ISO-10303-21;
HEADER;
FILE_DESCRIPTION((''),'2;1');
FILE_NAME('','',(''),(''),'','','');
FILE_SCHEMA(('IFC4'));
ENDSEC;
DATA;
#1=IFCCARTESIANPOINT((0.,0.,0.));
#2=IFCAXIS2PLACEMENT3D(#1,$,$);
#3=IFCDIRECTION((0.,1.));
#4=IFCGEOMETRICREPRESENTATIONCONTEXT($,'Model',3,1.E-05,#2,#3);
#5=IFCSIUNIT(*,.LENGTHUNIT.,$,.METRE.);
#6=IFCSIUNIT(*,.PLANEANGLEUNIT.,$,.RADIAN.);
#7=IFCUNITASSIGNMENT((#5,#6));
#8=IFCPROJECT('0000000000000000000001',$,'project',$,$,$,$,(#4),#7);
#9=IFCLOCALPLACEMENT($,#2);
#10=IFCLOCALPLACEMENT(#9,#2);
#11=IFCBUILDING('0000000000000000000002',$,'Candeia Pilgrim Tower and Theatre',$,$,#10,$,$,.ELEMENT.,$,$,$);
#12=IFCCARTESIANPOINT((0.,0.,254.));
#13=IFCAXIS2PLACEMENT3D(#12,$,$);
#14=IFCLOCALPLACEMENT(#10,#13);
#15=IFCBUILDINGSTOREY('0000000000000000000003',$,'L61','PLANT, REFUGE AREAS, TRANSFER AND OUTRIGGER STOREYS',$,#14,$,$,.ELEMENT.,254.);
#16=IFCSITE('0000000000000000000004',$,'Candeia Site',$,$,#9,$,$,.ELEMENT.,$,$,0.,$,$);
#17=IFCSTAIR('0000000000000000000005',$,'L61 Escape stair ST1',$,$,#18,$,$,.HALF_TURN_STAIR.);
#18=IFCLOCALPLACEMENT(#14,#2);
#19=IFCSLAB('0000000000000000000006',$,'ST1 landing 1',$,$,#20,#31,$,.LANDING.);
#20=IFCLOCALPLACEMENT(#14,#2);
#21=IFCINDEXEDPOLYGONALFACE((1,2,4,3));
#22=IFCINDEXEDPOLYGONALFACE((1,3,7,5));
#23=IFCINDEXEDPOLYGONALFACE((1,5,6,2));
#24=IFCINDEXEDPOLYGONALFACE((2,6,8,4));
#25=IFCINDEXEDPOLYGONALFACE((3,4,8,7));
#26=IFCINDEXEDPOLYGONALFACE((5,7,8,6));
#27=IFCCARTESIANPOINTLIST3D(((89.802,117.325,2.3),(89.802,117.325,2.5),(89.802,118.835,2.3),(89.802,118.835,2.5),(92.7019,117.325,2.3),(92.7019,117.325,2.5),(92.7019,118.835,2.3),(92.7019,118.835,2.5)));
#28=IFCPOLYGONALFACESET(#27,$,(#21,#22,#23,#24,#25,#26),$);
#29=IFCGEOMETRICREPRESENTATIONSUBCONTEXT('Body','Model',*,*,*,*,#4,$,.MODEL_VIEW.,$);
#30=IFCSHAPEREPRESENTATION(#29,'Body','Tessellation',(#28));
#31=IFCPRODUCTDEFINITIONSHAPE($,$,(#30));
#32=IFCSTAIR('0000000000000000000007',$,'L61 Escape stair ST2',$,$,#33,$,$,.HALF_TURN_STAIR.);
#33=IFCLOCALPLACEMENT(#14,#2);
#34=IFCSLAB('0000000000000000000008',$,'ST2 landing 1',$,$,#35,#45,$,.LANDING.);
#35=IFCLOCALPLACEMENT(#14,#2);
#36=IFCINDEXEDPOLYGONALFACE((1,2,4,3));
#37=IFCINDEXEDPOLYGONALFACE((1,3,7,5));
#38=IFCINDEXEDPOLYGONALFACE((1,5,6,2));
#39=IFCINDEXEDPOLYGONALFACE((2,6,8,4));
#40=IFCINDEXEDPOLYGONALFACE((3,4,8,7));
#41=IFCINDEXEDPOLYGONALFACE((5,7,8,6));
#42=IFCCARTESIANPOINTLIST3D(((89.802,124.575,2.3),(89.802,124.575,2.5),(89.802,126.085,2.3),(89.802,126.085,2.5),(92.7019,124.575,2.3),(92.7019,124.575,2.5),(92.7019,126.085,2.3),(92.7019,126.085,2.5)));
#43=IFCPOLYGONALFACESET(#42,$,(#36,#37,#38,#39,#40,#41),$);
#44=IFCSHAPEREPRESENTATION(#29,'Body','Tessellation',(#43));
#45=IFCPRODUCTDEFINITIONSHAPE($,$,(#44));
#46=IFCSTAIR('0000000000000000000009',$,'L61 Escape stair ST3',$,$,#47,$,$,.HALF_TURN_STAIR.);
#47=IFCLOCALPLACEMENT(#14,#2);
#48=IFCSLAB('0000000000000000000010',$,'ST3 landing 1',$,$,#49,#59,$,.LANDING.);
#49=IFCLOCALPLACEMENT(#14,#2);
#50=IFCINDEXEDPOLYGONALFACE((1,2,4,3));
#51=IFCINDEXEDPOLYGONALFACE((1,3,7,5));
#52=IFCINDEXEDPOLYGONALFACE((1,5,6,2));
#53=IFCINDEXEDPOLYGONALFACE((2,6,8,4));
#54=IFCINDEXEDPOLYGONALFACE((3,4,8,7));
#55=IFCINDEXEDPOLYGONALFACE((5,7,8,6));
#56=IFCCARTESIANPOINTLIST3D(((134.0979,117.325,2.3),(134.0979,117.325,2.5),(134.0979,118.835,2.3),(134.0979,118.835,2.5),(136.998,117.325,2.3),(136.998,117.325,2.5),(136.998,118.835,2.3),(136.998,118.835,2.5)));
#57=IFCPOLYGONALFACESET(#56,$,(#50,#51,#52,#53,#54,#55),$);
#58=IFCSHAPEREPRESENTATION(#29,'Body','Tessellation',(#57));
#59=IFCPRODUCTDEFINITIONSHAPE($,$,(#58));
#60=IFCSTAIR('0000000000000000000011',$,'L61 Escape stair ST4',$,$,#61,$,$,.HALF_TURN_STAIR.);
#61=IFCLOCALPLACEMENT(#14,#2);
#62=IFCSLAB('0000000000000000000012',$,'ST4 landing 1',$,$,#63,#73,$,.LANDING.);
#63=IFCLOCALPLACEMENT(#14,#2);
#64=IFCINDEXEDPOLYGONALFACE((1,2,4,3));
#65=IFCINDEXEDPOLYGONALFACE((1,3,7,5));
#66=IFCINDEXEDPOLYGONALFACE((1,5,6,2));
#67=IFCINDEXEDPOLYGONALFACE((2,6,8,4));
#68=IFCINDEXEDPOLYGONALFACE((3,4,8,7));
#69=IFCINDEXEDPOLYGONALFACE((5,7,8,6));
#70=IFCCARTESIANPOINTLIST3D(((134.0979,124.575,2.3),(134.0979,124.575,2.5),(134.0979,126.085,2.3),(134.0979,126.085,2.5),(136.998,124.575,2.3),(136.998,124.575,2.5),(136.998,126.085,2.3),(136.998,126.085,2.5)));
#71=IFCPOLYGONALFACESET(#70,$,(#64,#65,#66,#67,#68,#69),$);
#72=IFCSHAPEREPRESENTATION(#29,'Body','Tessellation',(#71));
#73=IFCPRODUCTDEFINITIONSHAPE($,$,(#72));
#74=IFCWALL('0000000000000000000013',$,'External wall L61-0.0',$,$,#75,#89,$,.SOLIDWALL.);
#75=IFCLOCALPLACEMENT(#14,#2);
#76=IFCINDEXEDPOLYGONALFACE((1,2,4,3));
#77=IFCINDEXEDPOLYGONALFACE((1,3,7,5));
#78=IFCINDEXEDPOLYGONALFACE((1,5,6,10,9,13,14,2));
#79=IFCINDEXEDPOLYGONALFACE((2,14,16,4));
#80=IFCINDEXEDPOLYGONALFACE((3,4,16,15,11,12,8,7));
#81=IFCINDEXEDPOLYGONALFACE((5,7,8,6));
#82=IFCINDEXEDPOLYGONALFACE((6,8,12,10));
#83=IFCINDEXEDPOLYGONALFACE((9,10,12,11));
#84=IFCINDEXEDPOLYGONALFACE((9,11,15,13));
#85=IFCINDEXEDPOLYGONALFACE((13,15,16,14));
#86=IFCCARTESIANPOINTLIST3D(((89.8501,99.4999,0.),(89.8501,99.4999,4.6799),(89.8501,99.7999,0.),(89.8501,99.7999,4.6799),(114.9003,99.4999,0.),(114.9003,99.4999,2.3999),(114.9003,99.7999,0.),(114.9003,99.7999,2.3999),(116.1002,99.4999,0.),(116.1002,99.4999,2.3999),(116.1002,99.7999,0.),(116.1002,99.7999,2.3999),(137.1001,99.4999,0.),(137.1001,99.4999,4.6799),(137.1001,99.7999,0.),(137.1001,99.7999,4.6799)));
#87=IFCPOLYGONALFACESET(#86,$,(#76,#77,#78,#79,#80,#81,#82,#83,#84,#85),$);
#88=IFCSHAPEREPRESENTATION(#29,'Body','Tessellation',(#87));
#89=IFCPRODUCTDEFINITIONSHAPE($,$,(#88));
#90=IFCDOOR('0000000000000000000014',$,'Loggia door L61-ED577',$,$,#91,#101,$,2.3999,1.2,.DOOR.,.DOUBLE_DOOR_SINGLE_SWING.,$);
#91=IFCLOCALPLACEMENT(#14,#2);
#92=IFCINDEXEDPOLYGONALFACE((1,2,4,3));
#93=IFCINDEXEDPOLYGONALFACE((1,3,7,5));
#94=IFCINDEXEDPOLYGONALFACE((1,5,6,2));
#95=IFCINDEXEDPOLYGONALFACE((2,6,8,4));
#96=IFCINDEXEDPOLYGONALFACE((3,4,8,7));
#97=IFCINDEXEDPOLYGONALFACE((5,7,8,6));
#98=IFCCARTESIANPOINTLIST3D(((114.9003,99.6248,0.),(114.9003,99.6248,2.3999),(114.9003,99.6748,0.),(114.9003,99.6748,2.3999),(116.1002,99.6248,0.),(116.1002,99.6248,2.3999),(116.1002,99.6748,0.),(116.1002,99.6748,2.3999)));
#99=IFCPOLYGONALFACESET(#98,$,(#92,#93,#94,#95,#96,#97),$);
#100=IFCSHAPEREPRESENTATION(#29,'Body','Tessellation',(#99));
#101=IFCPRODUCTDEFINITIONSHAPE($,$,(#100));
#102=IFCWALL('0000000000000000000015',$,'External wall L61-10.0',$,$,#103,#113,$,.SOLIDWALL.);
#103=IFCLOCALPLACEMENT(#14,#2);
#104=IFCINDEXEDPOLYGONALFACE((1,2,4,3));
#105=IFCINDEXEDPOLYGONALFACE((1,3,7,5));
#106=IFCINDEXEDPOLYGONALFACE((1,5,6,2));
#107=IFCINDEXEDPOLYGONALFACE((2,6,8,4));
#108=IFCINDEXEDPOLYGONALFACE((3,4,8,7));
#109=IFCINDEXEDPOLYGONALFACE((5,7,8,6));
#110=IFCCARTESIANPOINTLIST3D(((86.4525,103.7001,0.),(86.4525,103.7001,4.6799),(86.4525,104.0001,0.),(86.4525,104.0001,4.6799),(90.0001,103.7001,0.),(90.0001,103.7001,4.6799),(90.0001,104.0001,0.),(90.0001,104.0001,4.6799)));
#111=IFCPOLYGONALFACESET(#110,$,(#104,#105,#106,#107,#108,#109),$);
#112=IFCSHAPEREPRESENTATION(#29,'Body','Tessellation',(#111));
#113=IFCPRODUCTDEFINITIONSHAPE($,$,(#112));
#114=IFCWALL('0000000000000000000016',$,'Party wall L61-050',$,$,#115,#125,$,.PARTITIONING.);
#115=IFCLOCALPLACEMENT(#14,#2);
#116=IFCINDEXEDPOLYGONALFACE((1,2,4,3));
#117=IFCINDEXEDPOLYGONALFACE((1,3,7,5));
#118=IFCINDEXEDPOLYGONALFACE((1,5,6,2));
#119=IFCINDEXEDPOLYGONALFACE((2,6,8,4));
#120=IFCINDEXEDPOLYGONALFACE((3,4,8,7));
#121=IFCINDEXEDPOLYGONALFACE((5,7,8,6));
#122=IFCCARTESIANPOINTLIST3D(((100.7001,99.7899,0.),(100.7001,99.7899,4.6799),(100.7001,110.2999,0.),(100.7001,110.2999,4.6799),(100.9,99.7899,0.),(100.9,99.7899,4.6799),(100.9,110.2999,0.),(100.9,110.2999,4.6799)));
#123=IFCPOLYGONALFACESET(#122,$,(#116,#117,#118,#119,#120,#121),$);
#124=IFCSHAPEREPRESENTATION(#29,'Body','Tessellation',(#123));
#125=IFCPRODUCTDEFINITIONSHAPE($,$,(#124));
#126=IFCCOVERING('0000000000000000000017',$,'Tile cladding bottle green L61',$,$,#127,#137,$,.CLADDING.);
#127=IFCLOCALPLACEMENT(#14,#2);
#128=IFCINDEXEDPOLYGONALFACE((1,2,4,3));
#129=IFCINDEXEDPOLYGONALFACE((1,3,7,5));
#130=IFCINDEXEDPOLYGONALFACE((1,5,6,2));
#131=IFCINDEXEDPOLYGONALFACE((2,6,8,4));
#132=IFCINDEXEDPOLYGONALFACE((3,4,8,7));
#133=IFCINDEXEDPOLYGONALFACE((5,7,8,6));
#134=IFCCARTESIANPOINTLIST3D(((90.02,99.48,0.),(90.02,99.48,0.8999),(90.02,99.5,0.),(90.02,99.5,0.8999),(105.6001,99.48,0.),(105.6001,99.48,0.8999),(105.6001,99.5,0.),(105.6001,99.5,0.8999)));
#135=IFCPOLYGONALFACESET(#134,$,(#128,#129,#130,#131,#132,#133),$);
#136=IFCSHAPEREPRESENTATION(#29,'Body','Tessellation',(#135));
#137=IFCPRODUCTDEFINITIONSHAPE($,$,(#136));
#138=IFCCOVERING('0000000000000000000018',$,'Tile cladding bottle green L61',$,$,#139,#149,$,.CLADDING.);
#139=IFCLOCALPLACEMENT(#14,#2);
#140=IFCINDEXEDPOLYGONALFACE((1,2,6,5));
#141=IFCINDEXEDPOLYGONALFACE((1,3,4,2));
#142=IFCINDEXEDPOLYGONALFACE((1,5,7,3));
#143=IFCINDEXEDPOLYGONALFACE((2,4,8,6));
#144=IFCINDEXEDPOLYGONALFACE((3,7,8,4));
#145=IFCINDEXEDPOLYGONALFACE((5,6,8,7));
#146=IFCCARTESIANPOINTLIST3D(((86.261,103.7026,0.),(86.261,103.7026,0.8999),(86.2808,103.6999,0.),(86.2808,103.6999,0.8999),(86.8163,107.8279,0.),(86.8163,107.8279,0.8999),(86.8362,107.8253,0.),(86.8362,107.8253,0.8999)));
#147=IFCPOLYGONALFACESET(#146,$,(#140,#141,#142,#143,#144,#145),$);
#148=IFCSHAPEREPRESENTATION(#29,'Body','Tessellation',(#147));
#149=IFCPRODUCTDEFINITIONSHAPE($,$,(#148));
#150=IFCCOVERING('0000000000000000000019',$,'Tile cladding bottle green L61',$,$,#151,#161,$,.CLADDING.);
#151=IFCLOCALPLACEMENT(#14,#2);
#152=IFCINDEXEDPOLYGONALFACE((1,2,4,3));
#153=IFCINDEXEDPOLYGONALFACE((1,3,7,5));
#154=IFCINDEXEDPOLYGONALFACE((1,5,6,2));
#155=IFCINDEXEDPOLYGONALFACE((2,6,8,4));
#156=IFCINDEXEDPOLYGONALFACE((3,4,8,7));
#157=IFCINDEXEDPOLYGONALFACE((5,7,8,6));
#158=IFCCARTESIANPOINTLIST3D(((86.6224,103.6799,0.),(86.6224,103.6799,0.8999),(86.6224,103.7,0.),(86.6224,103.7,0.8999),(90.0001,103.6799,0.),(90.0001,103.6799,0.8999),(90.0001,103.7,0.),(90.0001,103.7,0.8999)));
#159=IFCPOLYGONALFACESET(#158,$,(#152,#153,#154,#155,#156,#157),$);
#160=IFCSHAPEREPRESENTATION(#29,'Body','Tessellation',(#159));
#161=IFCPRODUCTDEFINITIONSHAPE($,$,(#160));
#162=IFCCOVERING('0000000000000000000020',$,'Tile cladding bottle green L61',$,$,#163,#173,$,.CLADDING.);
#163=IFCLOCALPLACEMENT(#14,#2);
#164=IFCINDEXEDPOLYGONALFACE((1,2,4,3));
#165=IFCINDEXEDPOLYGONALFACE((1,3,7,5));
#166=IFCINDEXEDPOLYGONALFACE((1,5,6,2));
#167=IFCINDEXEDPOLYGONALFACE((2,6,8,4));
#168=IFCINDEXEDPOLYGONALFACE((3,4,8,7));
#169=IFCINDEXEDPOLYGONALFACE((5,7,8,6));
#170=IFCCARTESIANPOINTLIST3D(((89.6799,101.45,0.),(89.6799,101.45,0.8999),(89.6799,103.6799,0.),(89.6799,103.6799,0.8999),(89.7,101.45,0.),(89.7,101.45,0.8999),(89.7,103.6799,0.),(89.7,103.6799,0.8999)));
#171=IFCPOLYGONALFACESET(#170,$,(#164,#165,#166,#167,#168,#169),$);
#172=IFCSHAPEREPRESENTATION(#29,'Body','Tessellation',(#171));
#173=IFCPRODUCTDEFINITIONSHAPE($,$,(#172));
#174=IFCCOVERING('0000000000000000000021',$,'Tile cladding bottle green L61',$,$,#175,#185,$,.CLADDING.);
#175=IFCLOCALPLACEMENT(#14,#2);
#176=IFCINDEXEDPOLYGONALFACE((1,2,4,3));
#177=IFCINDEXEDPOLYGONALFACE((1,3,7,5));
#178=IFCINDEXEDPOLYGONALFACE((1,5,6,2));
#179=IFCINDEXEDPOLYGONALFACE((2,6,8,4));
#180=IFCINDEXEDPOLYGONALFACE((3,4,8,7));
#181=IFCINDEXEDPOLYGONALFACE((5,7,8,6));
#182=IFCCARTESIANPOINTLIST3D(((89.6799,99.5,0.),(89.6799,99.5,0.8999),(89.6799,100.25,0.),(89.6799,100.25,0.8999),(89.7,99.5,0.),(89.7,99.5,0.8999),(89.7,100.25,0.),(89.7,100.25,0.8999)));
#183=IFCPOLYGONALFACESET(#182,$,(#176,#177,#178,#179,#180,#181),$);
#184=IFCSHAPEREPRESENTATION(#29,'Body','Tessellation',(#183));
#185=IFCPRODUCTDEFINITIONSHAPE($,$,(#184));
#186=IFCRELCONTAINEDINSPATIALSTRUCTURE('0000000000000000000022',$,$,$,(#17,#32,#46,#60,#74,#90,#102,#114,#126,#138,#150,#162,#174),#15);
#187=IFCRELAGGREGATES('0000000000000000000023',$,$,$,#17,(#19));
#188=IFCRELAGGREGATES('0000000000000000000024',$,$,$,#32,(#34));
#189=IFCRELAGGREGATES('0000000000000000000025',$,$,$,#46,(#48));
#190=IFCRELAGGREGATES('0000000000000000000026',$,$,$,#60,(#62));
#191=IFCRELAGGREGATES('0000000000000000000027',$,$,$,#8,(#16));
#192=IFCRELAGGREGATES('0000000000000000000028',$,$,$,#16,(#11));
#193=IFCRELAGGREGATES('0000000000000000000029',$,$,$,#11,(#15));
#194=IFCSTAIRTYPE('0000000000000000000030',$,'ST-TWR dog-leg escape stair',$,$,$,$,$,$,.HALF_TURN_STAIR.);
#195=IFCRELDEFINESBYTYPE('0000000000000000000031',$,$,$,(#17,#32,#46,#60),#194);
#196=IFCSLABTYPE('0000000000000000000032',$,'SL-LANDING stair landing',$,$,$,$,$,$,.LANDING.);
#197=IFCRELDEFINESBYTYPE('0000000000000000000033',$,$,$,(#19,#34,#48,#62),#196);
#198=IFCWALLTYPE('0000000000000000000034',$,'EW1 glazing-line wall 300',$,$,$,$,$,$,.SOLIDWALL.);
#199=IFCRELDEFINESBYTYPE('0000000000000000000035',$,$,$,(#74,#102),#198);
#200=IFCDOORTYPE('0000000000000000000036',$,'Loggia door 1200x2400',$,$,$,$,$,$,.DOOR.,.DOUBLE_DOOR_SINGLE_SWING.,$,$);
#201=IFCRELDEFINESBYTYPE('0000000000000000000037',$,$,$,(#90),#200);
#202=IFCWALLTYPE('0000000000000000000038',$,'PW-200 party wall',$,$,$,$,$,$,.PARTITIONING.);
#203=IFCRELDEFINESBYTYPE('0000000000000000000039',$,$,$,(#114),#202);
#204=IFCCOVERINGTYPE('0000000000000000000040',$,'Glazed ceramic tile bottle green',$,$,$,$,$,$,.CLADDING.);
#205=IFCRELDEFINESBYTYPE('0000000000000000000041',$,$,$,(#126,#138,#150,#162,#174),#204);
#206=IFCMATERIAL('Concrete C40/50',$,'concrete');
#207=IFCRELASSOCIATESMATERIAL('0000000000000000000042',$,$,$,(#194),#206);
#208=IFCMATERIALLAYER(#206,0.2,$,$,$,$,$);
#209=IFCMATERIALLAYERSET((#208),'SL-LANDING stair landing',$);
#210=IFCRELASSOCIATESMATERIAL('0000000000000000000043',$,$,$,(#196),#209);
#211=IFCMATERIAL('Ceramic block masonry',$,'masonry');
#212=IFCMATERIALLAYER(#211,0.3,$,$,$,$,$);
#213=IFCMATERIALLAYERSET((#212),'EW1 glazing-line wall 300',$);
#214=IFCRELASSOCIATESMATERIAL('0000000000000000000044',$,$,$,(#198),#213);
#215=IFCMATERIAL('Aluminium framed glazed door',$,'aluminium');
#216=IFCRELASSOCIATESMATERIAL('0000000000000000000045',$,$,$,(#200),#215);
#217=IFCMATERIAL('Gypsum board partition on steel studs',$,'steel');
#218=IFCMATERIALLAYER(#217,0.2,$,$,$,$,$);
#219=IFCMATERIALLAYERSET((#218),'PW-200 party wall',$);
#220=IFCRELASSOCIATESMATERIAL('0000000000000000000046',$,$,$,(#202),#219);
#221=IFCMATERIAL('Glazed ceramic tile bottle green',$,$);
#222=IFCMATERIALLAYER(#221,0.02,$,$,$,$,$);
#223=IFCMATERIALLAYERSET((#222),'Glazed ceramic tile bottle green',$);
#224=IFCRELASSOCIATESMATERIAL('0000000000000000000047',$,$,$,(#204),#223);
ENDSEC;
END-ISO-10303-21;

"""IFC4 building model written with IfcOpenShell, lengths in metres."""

from ifc_helpers import new_model, si_unit, direction, frame, frame_2d, origin, origin_2d, place, context, subcontext, project, spatial, polyline, rectangle, outline, extrude, material, layer, layer_set, type_object, element, fill, aggregate, save


model = new_model("IFC4")

# Units and contexts
model_context = context("Model", 3, precision=1e-05, world=origin(), true_north=direction((0.0, 1.0)))
body_context = subcontext(model_context, "Body", "Model", "MODEL_VIEW")
ifc_project = project(units=[si_unit("LENGTHUNIT", "METRE"), si_unit("PLANEANGLEUNIT", "RADIAN")], contexts=[model_context])

# Site, building, storey
site_placement = place(None, origin())
site = spatial("IfcSite", under=ifc_project, at=site_placement, Name="Candeia Site", CompositionType="ELEMENT", RefElevation=0.0)
building_placement = place(site_placement, origin())
building = spatial("IfcBuilding", under=site, at=building_placement, Name="Candeia Pilgrim Tower and Theatre", CompositionType="ELEMENT")
storey_placement = place(building_placement, frame((0.0, 0.0, 254.0)))
storey = spatial("IfcBuildingStorey", under=building, at=storey_placement, Name="L61", Description="PLANT, REFUGE AREAS, TRANSFER AND OUTRIGGER STOREYS", CompositionType="ELEMENT", Elevation=254.0)

# Shared definitions
ifc_material_1 = material(Name="Concrete C40/50", Category="concrete")

# Stairs, slabs
stair_type = type_object("IfcStairType", Name="ST-TWR dog-leg escape stair", PredefinedType="HALF_TURN_STAIR", material=ifc_material_1)
stair_1_placement = place(storey_placement, origin())
stair_1 = element("IfcStair", 1, at=stair_1_placement, inside=storey, type_object=stair_type, Name="L61 Escape stair ST1", PredefinedType="HALF_TURN_STAIR")
ifc_layer_1 = layer(ifc_material_1, 0.2)
ifc_layer_set_1 = layer_set([ifc_layer_1], Name="SL-LANDING stair landing")
slab_type_1 = type_object("IfcSlabType", Name="SL-LANDING stair landing", PredefinedType="LANDING", material=ifc_layer_set_1)
slab_1_placement = place(storey_placement, frame((0.0, 0.0, 2.3)))
slab_1 = element("IfcSlab", 2, at=slab_1_placement, type_object=slab_type_1, Name="ST1 landing 1", PredefinedType="LANDING", context=body_context, shape_type="SweptSolid", body=[
    extrude(outline(polyline([(89.802, 118.835), (89.802, 117.325), (92.7019, 117.325), (92.7019, 118.835), (89.802, 118.835)])), origin(), (0.0, 0.0, 1.0), 0.2),
])
aggregate(stair_1, [slab_1])
stair_2_placement = place(storey_placement, origin())
stair_2 = element("IfcStair", 3, at=stair_2_placement, inside=storey, type_object=stair_type, Name="L61 Escape stair ST2", PredefinedType="HALF_TURN_STAIR")
slab_2_placement = place(storey_placement, frame((0.0, 0.0, 2.3)))
slab_2 = element("IfcSlab", 4, at=slab_2_placement, type_object=slab_type_1, Name="ST2 landing 1", PredefinedType="LANDING", context=body_context, shape_type="SweptSolid", body=[
    extrude(outline(polyline([(89.802, 126.085), (89.802, 124.575), (92.7019, 124.575), (92.7019, 126.085), (89.802, 126.085)])), origin(), (0.0, 0.0, 1.0), 0.2),
])
aggregate(stair_2, [slab_2])
stair_3_placement = place(storey_placement, origin())
stair_3 = element("IfcStair", 5, at=stair_3_placement, inside=storey, type_object=stair_type, Name="L61 Escape stair ST3", PredefinedType="HALF_TURN_STAIR")
slab_3_placement = place(storey_placement, frame((0.0, 0.0, 2.3)))
slab_3 = element("IfcSlab", 6, at=slab_3_placement, type_object=slab_type_1, Name="ST3 landing 1", PredefinedType="LANDING", context=body_context, shape_type="SweptSolid", body=[
    extrude(outline(polyline([(134.0979, 118.835), (134.0979, 117.325), (136.998, 117.325), (136.998, 118.835), (134.0979, 118.835)])), origin(), (0.0, 0.0, 1.0), 0.2),
])
aggregate(stair_3, [slab_3])
stair_4_placement = place(storey_placement, origin())
stair_4 = element("IfcStair", 7, at=stair_4_placement, inside=storey, type_object=stair_type, Name="L61 Escape stair ST4", PredefinedType="HALF_TURN_STAIR")
slab_4_placement = place(storey_placement, frame((0.0, 0.0, 2.3)))
slab_4 = element("IfcSlab", 8, at=slab_4_placement, type_object=slab_type_1, Name="ST4 landing 1", PredefinedType="LANDING", context=body_context, shape_type="SweptSolid", body=[
    extrude(outline(polyline([(134.0979, 126.085), (134.0979, 124.575), (136.998, 124.575), (136.998, 126.085), (134.0979, 126.085)])), origin(), (0.0, 0.0, 1.0), 0.2),
])
aggregate(stair_4, [slab_4])

# Wall, opening, door
ifc_material_2 = material(Name="Ceramic block masonry", Category="masonry")
ifc_layer_2 = layer(ifc_material_2, 0.3)
ifc_layer_set_2 = layer_set([ifc_layer_2], Name="EW1 glazing-line wall 300")
wall_type_1 = type_object("IfcWallType", Name="EW1 glazing-line wall 300", PredefinedType="SOLIDWALL", material=ifc_layer_set_2)
wall_1_placement = place(storey_placement, frame((89.8501, 99.6499, 0.0), z_axis=(0.0, 0.0, 1.0), x_axis=(1.0, 0.0, 0.0)))
wall_1 = element("IfcWall", 9, at=wall_1_placement, inside=storey, type_object=wall_type_1, Name="External wall L61-0.0", PredefinedType="SOLIDWALL", context=body_context, shape_type="SweptSolid", body=[
    extrude(rectangle(XDim=47.25, YDim=0.3, at=frame_2d((23.625, 0.0))), origin(), (0.0, 0.0, 1.0), 4.6799),
])
opening_1_placement = place(wall_1_placement, frame((25.05, 0.0, 0.0)))
opening_1 = element("IfcOpeningElement", 10, at=opening_1_placement, cuts=wall_1, PredefinedType="OPENING", context=body_context, shape_type="SweptSolid", body=[
    extrude(rectangle(XDim=1.2, YDim=2.3999, at=frame_2d((0.6001, 1.2))), frame((0.0, 0.1602, 0.0), z_axis=(0.0, -1.0, 0.0), x_axis=(1.0, 0.0, 0.0)), (0.0, 0.0, 1.0), 0.3201),
])
ifc_material_3 = material(Name="Aluminium framed glazed door", Category="aluminium")
door_type = type_object("IfcDoorType", Name="Loggia door 1200x2400", OperationType="DOUBLE_DOOR_SINGLE_SWING", PredefinedType="DOOR", material=ifc_material_3)
door_1_placement = place(opening_1_placement, origin())
door_1 = element("IfcDoor", 11, at=door_1_placement, inside=storey, type_object=door_type, Name="Loggia door L61-ED577", OperationType="DOUBLE_DOOR_SINGLE_SWING", OverallHeight=2.3999, OverallWidth=1.2, PredefinedType="DOOR", context=body_context, shape_type="SweptSolid", body=[
    extrude(rectangle(XDim=1.2, YDim=2.3999, at=frame_2d((0.6001, 1.2))), frame((0.0, 0.0249, 0.0), z_axis=(0.0, -1.0, 0.0), x_axis=(1.0, 0.0, 0.0)), (0.0, 0.0, 1.0), 0.05),
])
fill(opening_1, door_1)

# Wall
wall_2_placement = place(storey_placement, frame((86.4524, 103.8501, 0.0), z_axis=(0.0, 0.0, 1.0), x_axis=(1.0, 0.0, 0.0)))
element("IfcWall", 12, at=wall_2_placement, inside=storey, type_object=wall_type_1, Name="External wall L61-10.0", PredefinedType="SOLIDWALL", context=body_context, shape_type="SweptSolid", body=[
    extrude(rectangle(XDim=3.5476, YDim=0.3, at=frame_2d((1.7739, 0.0))), origin(), (0.0, 0.0, 1.0), 4.6799),
])

# Wall
ifc_material_4 = material(Name="Gypsum board partition on steel studs", Category="steel")
ifc_layer_3 = layer(ifc_material_4, 0.2)
ifc_layer_set_3 = layer_set([ifc_layer_3], Name="PW-200 party wall")
wall_type_2 = type_object("IfcWallType", Name="PW-200 party wall", PredefinedType="PARTITIONING", material=ifc_layer_set_3)
wall_3_placement = place(storey_placement, frame((100.8, 99.79, 0.0), z_axis=(0.0, 0.0, 1.0), x_axis=(0.0, 1.0, 0.0)))
element("IfcWall", 13, at=wall_3_placement, inside=storey, type_object=wall_type_2, Name="Party wall L61-050", PredefinedType="PARTITIONING", context=body_context, shape_type="SweptSolid", body=[
    extrude(rectangle(XDim=10.51, YDim=0.2, at=frame_2d((5.2549, 0.0))), origin(), (0.0, 0.0, 1.0), 4.6799),
])

# Coverings
ifc_material_5 = material(Name="Glazed ceramic tile bottle green")
ifc_layer_4 = layer(ifc_material_5, 0.02)
ifc_layer_set_4 = layer_set([ifc_layer_4], Name="Glazed ceramic tile bottle green")
covering_type = type_object("IfcCoveringType", Name="Glazed ceramic tile bottle green", PredefinedType="CLADDING", material=ifc_layer_set_4)
covering_1_placement = place(storey_placement, frame((97.8101, 99.49, 0.0), z_axis=(0.0, 0.0, 1.0), x_axis=(1.0, 0.0, 0.0)))
element("IfcCovering", 14, at=covering_1_placement, inside=storey, type_object=covering_type, Name="Tile cladding bottle green L61", PredefinedType="CLADDING", context=body_context, shape_type="SweptSolid", body=[
    extrude(rectangle(XDim=15.5801, YDim=0.02, at=origin_2d()), origin(), (0.0, 0.0, 1.0), 0.8999),
])
covering_2_placement = place(storey_placement, frame((86.5486, 105.7639, 0.0), z_axis=(0.0, 0.0, 1.0), x_axis=(-0.133412, -0.991061, 0.0)))
element("IfcCovering", 15, at=covering_2_placement, inside=storey, type_object=covering_type, Name="Tile cladding bottle green L61", PredefinedType="CLADDING", context=body_context, shape_type="SweptSolid", body=[
    extrude(rectangle(XDim=4.1626, YDim=0.02, at=origin_2d()), origin(), (0.0, 0.0, 1.0), 0.8999),
])
covering_3_placement = place(storey_placement, frame((88.3113, 103.6899, 0.0), z_axis=(0.0, 0.0, 1.0), x_axis=(1.0, 0.0, 0.0)))
element("IfcCovering", 16, at=covering_3_placement, inside=storey, type_object=covering_type, Name="Tile cladding bottle green L61", PredefinedType="CLADDING", context=body_context, shape_type="SweptSolid", body=[
    extrude(rectangle(XDim=3.3777, YDim=0.02, at=origin_2d()), origin(), (0.0, 0.0, 1.0), 0.8999),
])
covering_4_placement = place(storey_placement, frame((89.6899, 102.5649, 0.0), z_axis=(0.0, 0.0, 1.0), x_axis=(0.0, -1.0, 0.0)))
element("IfcCovering", 17, at=covering_4_placement, inside=storey, type_object=covering_type, Name="Tile cladding bottle green L61", PredefinedType="CLADDING", context=body_context, shape_type="SweptSolid", body=[
    extrude(rectangle(XDim=2.23, YDim=0.02, at=origin_2d()), origin(), (0.0, 0.0, 1.0), 0.8999),
])
covering_5_placement = place(storey_placement, frame((89.6899, 99.875, 0.0), z_axis=(0.0, 0.0, 1.0), x_axis=(0.0, -1.0, 0.0)))
element("IfcCovering", 18, at=covering_5_placement, inside=storey, type_object=covering_type, Name="Tile cladding bottle green L61", PredefinedType="CLADDING", context=body_context, shape_type="SweptSolid", body=[
    extrude(rectangle(XDim=0.75, YDim=0.02, at=origin_2d()), origin(), (0.0, 0.0, 1.0), 0.8999),
])

save(model, "model.ifc")
